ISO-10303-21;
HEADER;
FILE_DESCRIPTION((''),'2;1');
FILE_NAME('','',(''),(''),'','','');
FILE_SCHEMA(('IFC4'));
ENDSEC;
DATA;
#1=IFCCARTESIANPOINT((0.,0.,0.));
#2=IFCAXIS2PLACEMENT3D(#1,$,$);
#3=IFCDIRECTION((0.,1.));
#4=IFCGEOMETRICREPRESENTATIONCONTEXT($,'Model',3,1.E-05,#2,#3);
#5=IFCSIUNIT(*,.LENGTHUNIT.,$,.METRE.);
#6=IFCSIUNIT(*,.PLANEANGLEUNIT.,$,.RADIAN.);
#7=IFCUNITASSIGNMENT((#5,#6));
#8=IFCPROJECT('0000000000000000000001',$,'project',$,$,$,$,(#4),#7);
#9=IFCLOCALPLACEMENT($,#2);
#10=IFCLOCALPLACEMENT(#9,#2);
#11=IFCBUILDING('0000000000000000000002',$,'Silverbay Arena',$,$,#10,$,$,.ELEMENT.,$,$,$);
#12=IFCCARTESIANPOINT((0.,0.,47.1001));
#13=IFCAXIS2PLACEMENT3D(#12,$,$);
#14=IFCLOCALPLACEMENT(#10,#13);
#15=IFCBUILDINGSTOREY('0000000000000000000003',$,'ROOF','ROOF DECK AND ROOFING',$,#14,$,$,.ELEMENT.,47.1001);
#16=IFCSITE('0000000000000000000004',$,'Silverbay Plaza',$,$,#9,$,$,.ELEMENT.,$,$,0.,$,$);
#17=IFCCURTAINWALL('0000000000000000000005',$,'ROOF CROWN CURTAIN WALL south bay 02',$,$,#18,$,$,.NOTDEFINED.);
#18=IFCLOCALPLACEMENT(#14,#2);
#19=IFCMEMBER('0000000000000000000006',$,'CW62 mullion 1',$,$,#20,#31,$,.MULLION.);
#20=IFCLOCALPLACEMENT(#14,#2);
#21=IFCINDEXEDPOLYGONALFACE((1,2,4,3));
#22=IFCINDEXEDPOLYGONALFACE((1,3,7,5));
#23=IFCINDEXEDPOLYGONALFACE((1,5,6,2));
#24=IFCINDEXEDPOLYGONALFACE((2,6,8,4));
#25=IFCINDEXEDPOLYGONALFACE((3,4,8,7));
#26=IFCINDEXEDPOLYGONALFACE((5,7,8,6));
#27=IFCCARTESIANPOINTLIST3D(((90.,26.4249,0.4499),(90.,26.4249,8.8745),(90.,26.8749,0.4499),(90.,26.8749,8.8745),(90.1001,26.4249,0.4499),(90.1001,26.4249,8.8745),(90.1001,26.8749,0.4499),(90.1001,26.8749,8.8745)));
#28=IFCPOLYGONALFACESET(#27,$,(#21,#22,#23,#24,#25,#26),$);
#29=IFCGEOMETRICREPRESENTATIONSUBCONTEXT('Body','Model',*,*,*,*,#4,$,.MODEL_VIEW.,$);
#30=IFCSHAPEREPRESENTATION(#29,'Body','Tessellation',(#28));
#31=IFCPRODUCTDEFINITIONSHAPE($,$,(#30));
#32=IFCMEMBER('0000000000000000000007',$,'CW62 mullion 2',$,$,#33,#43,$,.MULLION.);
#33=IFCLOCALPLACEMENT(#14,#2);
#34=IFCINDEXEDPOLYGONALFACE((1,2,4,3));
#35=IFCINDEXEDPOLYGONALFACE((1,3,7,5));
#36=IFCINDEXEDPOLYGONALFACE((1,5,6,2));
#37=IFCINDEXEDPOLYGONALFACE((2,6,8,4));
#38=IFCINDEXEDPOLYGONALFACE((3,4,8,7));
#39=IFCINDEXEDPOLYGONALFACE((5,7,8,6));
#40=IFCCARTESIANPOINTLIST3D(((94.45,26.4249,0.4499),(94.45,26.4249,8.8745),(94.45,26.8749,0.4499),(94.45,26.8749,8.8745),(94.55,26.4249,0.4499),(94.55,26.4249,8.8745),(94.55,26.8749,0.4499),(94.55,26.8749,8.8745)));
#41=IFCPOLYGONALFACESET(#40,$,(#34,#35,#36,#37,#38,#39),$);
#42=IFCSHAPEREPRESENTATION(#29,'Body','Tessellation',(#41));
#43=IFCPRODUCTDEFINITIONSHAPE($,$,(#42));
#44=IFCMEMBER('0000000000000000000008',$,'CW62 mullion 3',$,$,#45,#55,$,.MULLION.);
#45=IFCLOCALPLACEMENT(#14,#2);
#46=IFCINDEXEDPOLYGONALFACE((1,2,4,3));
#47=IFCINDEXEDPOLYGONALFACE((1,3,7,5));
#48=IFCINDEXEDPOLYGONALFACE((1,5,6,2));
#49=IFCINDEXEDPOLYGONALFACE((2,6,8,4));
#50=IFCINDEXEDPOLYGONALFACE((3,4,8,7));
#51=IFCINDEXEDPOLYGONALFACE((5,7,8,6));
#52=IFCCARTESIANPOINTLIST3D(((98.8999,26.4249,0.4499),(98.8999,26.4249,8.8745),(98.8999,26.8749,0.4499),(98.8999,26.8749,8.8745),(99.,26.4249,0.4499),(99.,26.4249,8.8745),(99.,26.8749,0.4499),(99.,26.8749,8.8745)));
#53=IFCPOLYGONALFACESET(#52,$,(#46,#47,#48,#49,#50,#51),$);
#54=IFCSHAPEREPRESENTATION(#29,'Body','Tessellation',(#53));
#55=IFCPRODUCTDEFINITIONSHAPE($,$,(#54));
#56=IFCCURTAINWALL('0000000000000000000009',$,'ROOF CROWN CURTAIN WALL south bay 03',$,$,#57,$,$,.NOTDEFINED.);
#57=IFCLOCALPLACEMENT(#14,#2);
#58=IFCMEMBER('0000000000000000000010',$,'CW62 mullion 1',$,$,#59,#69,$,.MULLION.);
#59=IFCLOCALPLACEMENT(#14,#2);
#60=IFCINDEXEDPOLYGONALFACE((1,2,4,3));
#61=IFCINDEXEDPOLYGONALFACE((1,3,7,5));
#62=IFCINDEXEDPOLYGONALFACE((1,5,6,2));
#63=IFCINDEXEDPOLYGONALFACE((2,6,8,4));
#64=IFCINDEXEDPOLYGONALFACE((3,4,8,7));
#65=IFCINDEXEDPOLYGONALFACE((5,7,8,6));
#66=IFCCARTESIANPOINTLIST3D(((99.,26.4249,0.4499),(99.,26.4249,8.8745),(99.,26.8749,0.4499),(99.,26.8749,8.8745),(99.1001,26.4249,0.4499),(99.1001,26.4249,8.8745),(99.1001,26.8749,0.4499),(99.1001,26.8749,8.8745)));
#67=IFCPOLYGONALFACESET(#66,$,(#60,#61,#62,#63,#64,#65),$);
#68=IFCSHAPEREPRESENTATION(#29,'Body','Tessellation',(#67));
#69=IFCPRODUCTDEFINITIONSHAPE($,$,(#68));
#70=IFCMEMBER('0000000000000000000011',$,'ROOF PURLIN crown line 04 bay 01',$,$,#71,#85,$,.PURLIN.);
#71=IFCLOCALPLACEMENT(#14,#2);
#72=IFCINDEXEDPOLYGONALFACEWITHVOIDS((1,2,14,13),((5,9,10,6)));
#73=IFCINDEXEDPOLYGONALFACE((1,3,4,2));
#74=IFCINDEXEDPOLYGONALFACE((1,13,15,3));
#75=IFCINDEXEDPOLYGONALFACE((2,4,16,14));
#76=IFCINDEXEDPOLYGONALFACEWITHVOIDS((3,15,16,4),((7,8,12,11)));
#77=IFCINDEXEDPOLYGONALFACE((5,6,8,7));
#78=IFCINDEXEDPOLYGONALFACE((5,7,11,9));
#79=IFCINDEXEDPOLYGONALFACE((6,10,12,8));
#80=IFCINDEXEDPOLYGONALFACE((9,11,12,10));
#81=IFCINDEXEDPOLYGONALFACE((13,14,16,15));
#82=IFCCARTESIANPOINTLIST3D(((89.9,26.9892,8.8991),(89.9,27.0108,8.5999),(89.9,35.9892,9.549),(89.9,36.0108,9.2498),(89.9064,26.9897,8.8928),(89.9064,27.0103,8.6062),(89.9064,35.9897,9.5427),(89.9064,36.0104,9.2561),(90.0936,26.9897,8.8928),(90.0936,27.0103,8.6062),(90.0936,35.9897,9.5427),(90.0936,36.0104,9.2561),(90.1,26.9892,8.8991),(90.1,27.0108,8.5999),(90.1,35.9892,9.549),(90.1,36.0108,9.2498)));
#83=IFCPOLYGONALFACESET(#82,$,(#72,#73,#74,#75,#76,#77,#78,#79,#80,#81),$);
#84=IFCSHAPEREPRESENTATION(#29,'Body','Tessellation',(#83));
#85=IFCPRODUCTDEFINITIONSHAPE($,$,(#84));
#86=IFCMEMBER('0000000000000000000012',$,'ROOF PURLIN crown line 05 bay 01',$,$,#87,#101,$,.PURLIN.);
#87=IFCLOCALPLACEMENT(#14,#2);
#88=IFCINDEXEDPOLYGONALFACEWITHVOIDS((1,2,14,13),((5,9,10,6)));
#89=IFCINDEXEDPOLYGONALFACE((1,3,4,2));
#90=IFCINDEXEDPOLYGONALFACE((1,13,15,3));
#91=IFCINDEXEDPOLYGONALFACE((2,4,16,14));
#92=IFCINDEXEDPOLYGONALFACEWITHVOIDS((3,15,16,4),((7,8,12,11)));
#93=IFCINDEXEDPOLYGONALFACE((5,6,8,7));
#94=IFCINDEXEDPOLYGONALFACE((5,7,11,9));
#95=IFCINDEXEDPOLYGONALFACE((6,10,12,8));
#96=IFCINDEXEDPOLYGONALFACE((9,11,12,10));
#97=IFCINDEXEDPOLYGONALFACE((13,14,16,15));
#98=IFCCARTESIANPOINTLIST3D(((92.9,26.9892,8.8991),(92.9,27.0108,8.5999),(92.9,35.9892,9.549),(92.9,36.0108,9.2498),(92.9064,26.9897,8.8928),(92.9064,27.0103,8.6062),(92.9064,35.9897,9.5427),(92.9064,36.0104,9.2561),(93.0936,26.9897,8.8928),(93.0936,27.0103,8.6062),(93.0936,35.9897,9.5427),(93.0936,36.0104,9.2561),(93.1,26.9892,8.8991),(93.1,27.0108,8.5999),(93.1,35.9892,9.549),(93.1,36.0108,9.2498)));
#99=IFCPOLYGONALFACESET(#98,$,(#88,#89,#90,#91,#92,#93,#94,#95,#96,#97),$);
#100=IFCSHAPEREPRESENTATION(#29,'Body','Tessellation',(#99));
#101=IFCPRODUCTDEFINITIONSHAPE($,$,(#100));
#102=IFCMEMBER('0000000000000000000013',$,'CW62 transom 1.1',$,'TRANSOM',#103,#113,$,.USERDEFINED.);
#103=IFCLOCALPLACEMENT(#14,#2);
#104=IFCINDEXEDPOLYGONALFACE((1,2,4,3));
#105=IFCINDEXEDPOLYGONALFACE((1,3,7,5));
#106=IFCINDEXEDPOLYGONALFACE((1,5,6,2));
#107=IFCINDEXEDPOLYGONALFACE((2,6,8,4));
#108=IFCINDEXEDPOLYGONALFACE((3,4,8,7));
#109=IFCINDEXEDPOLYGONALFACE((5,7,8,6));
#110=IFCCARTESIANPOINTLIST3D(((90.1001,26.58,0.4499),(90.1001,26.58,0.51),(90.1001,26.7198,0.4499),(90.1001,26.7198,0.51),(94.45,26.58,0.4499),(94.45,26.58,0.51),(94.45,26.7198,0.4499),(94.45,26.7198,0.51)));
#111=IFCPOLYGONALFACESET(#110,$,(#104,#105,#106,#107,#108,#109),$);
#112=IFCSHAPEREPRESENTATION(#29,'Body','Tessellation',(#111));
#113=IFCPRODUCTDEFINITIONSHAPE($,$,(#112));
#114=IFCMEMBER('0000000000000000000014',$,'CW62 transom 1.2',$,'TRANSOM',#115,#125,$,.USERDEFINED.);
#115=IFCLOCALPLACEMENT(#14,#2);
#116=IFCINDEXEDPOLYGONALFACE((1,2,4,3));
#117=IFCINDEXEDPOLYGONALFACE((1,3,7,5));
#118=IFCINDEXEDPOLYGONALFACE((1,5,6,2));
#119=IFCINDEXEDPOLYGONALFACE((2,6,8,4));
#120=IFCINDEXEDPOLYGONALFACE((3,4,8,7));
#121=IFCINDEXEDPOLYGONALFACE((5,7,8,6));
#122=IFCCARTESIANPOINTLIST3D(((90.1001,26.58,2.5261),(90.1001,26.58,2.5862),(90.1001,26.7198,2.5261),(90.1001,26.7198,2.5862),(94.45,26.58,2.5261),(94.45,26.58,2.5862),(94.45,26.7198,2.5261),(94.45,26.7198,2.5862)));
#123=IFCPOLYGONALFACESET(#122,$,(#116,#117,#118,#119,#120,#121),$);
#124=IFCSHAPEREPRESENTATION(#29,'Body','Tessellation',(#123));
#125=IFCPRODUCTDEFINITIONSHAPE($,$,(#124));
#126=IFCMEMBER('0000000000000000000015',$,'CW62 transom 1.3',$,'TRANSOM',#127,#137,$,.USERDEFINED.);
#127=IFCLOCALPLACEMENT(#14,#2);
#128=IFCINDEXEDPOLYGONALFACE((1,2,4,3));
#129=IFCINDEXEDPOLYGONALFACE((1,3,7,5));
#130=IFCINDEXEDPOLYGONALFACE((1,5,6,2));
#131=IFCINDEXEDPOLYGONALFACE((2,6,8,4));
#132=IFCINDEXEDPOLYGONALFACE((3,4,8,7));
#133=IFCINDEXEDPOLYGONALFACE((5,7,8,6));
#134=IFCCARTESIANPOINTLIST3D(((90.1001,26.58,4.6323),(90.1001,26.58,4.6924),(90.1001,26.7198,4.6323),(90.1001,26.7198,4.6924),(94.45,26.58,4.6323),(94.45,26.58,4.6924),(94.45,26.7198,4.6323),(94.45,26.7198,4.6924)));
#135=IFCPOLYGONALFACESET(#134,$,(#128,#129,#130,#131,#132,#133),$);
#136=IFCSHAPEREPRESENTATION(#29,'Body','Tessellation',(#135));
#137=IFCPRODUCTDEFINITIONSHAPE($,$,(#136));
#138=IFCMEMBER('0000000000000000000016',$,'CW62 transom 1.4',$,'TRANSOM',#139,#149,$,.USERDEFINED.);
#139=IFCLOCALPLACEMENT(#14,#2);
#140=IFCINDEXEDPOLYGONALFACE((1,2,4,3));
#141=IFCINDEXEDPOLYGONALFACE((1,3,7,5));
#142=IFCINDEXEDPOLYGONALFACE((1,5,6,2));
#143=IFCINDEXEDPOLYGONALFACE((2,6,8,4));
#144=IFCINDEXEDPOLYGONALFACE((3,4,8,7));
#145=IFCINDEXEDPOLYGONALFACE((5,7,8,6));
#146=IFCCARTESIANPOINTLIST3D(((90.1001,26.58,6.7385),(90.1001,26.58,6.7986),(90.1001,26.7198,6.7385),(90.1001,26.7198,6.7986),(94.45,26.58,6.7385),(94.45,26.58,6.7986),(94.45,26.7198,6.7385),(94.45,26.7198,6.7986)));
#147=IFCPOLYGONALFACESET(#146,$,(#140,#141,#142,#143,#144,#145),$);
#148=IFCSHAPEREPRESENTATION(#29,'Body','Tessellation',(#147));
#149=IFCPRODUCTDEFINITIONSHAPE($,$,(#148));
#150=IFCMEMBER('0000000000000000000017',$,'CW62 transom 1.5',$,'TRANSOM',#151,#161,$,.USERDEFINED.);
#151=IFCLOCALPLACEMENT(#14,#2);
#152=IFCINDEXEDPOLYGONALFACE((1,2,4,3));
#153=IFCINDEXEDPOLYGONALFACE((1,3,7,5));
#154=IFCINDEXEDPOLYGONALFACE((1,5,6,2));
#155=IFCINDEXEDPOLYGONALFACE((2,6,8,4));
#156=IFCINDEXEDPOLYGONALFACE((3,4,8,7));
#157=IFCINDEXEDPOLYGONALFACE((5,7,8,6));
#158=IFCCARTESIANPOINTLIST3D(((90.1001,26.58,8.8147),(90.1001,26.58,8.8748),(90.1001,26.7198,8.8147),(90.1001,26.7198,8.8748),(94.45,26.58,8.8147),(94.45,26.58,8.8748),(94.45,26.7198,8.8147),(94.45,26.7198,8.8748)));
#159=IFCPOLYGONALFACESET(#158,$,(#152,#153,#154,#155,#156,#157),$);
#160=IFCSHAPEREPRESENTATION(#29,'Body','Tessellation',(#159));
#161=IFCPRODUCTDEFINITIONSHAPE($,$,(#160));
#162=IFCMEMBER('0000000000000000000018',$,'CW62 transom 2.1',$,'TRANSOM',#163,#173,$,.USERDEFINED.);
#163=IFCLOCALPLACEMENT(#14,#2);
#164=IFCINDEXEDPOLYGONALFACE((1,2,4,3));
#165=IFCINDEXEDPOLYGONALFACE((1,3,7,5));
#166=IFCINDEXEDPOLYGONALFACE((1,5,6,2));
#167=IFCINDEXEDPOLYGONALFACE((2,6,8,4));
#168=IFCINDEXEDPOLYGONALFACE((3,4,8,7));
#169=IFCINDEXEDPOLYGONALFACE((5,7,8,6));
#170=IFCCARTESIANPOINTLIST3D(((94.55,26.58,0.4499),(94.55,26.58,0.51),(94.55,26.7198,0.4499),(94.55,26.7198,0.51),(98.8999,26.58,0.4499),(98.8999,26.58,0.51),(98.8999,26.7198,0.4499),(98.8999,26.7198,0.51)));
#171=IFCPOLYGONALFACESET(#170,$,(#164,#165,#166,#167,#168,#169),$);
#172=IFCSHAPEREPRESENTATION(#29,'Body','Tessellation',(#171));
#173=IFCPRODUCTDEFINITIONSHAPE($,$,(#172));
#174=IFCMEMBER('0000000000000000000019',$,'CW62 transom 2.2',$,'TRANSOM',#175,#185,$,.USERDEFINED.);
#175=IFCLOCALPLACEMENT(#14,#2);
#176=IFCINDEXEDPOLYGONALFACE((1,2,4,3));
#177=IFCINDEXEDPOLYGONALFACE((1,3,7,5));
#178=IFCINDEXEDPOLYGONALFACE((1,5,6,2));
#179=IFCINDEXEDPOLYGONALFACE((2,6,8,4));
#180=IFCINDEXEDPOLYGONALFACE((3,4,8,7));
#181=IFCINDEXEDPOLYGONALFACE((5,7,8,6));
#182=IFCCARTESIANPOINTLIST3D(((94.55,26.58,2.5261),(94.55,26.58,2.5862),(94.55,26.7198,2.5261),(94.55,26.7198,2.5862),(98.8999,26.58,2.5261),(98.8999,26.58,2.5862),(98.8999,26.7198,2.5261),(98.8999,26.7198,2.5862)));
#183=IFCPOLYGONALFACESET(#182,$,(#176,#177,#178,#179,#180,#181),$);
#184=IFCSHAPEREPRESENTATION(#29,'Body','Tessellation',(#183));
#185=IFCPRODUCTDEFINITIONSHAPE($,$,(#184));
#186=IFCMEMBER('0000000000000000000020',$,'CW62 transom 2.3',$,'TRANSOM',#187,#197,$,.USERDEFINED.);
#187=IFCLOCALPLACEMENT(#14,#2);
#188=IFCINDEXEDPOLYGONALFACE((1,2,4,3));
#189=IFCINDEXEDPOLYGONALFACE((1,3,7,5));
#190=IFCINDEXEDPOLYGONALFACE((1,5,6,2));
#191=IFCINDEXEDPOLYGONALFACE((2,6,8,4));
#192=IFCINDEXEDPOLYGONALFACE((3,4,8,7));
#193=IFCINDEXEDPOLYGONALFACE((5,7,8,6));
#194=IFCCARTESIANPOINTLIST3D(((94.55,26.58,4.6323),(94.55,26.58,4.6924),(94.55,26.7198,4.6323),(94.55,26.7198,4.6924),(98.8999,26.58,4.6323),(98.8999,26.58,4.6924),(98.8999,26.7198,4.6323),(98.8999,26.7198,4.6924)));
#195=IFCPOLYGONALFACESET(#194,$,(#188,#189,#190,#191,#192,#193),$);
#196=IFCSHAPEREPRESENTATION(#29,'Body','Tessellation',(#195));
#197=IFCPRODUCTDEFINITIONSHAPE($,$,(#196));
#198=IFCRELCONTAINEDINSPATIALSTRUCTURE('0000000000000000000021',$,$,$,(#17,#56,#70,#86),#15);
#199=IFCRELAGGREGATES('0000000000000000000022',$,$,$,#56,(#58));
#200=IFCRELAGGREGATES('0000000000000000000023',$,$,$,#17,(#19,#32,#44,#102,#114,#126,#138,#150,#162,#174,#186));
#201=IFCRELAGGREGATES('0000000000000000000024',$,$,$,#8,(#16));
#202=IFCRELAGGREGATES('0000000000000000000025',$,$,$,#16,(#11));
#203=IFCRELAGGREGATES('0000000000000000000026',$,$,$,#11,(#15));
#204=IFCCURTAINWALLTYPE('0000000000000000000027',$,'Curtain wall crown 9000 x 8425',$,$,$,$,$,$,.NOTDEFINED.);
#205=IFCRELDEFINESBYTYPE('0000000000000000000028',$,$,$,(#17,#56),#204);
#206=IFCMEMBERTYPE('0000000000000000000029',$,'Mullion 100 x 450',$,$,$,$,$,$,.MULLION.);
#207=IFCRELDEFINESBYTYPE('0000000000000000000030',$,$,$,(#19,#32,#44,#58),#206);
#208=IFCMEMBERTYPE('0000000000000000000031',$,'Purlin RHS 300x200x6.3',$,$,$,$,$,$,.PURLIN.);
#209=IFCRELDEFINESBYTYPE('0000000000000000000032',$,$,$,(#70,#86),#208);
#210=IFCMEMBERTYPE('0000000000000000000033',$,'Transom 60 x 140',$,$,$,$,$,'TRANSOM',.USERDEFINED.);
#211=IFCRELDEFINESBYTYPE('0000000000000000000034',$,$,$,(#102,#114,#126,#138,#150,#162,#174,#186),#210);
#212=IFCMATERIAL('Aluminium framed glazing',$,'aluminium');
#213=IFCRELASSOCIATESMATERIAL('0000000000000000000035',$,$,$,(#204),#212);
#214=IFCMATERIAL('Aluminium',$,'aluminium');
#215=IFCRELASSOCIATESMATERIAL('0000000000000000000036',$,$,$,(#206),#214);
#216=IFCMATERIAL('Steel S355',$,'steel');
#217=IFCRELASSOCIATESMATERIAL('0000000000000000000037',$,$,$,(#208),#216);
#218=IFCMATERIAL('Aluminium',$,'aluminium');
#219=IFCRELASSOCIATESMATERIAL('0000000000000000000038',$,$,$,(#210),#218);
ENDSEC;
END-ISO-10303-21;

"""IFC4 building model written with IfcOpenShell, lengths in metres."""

from ifc_helpers import new_model, si_unit, direction, frame, origin, origin_2d, place, context, subcontext, project, spatial, rectangle, hollow_rectangle, extrude, material, material_profile, profile_set, type_object, element, aggregate, save


model = new_model("IFC4")

# Units and contexts
model_context = context("Model", 3, precision=1e-05, world=origin(), true_north=direction((0.0, 1.0)))
body_context = subcontext(model_context, "Body", "Model", "MODEL_VIEW")
ifc_project = project(units=[si_unit("LENGTHUNIT", "METRE"), si_unit("PLANEANGLEUNIT", "RADIAN")], contexts=[model_context])

# Site, building, storey
site_placement = place(None, origin())
site = spatial("IfcSite", under=ifc_project, at=site_placement, Name="Silverbay Plaza", CompositionType="ELEMENT", RefElevation=0.0)
building_placement = place(site_placement, origin())
building = spatial("IfcBuilding", under=site, at=building_placement, Name="Silverbay Arena", CompositionType="ELEMENT")
storey_placement = place(building_placement, frame((0.0, 0.0, 47.1001)))
storey = spatial("IfcBuildingStorey", under=building, at=storey_placement, Name="ROOF", Description="ROOF DECK AND ROOFING", CompositionType="ELEMENT", Elevation=47.1001)

# Curtain wall, members
ifc_material_1 = material(Name="Aluminium framed glazing", Category="aluminium")
curtain_wall_type = type_object("IfcCurtainWallType", Name="Curtain wall crown 9000 x 8425", PredefinedType="NOTDEFINED", material=ifc_material_1)
curtain_wall_1_placement = place(storey_placement, origin())
curtain_wall_1 = element("IfcCurtainWall", 1, at=curtain_wall_1_placement, inside=storey, type_object=curtain_wall_type, Name="ROOF CROWN CURTAIN WALL south bay 02", PredefinedType="NOTDEFINED")
ifc_material_2 = material(Name="Aluminium", Category="aluminium")
ifc_material_profile_1 = material_profile(ifc_material_2, rectangle(XDim=0.45, YDim=0.1001, at=origin_2d()), Name="Mullion 100 x 450")
ifc_profile_set_1 = profile_set([ifc_material_profile_1], Name="Aluminium")
member_type_1 = type_object("IfcMemberType", Name="Mullion 100 x 450", PredefinedType="MULLION", material=ifc_profile_set_1)
placement = place(building_placement, frame((0.0, 0.0, 33.5)))
member_1_placement = place(placement, frame((90.05, 26.6499, 14.05), z_axis=(0.0, 0.0, 1.0), x_axis=(0.0, 1.0, 0.0)))
member_1 = element("IfcMember", 2, at=member_1_placement, type_object=member_type_1, Name="CW62 mullion 1", PredefinedType="MULLION", context=body_context, shape_type="SweptSolid", body=[
    extrude(rectangle(XDim=0.45, YDim=0.1001, at=origin_2d()), origin(), (0.0, 0.0, 1.0), 8.4246),
])
member_2_placement = place(placement, frame((94.5, 26.6499, 14.05), z_axis=(0.0, 0.0, 1.0), x_axis=(0.0, 1.0, 0.0)))
member_2 = element("IfcMember", 3, at=member_2_placement, type_object=member_type_1, Name="CW62 mullion 2", PredefinedType="MULLION", context=body_context, shape_type="SweptSolid", body=[
    extrude(rectangle(XDim=0.45, YDim=0.1001, at=origin_2d()), origin(), (0.0, 0.0, 1.0), 8.4246),
])
member_3_placement = place(placement, frame((98.95, 26.6499, 14.05), z_axis=(0.0, 0.0, 1.0), x_axis=(0.0, 1.0, 0.0)))
member_3 = element("IfcMember", 4, at=member_3_placement, type_object=member_type_1, Name="CW62 mullion 3", PredefinedType="MULLION", context=body_context, shape_type="SweptSolid", body=[
    extrude(rectangle(XDim=0.45, YDim=0.1001, at=origin_2d()), origin(), (0.0, 0.0, 1.0), 8.4246),
])

# Curtain wall, member
curtain_wall_2_placement = place(storey_placement, origin())
curtain_wall_2 = element("IfcCurtainWall", 5, at=curtain_wall_2_placement, inside=storey, type_object=curtain_wall_type, Name="ROOF CROWN CURTAIN WALL south bay 03", PredefinedType="NOTDEFINED")
member_4_placement = place(placement, frame((99.05, 26.6499, 14.05), z_axis=(0.0, 0.0, 1.0), x_axis=(0.0, 1.0, 0.0)))
member_4 = element("IfcMember", 6, at=member_4_placement, type_object=member_type_1, Name="CW62 mullion 1", PredefinedType="MULLION", context=body_context, shape_type="SweptSolid", body=[
    extrude(rectangle(XDim=0.45, YDim=0.1001, at=origin_2d()), origin(), (0.0, 0.0, 1.0), 8.4246),
])

# Members
ifc_material_3 = material(Name="Steel S355", Category="steel")
ifc_material_profile_2 = material_profile(ifc_material_3, hollow_rectangle(XDim=0.2, YDim=0.3, WallThickness=0.0063, at=origin_2d()), Name="RHS 300x200x6.3")
ifc_profile_set_2 = profile_set([ifc_material_profile_2], Name="Steel S355")
member_type_2 = type_object("IfcMemberType", Name="Purlin RHS 300x200x6.3", PredefinedType="PURLIN", material=ifc_profile_set_2)
for number, where, z_axis, x_axis, name in (
    (7, (90.0, 27.0, 8.7495), (0.0, 0.997403, 0.072024), (-1.0, 0.0, 0.0), "ROOF PURLIN crown line 04 bay 01"),
    (8, (93.0, 27.0, 8.7495), (0.0, 0.997403, 0.072024), (-1.0, 0.0, 0.0), "ROOF PURLIN crown line 05 bay 01"),
):
    element("IfcMember", number, at=place(storey_placement, frame(where, z_axis=z_axis, x_axis=x_axis)), inside=storey, type_object=member_type_2, Name=name, PredefinedType="PURLIN", context=body_context, shape_type="SweptSolid", body=[
        extrude(hollow_rectangle(XDim=0.2, YDim=0.3, WallThickness=0.0063, at=origin_2d()), origin(), (0.0, 0.0, 1.0), 9.0234),
    ])

# Members
ifc_material_4 = material(Name="Aluminium", Category="aluminium")
ifc_material_profile_3 = material_profile(ifc_material_4, rectangle(XDim=0.1399, YDim=0.0601, at=origin_2d()), Name="Transom 60 x 140")
ifc_profile_set_3 = profile_set([ifc_material_profile_3], Name="Aluminium")
member_type_3 = type_object("IfcMemberType", Name="Transom 60 x 140", ElementType="TRANSOM", PredefinedType="USERDEFINED", material=ifc_profile_set_3)
member_5_placement = place(placement, frame((90.1001, 26.6499, 14.0801), z_axis=(1.0, 0.0, 0.0), x_axis=(0.0, 1.0, 0.0)))
member_5 = element("IfcMember", 9, at=member_5_placement, type_object=member_type_3, Name="CW62 transom 1.1", ObjectType="TRANSOM", PredefinedType="USERDEFINED", context=body_context, shape_type="SweptSolid", body=[
    extrude(rectangle(XDim=0.1399, YDim=0.0601, at=origin_2d()), origin(), (0.0, 0.0, 1.0), 4.3499),
])
member_6_placement = place(placement, frame((90.1001, 26.6499, 16.1562), z_axis=(1.0, 0.0, 0.0), x_axis=(0.0, 1.0, 0.0)))
member_6 = element("IfcMember", 10, at=member_6_placement, type_object=member_type_3, Name="CW62 transom 1.2", ObjectType="TRANSOM", PredefinedType="USERDEFINED", context=body_context, shape_type="SweptSolid", body=[
    extrude(rectangle(XDim=0.1399, YDim=0.0601, at=origin_2d()), origin(), (0.0, 0.0, 1.0), 4.3499),
])
member_7_placement = place(placement, frame((90.1001, 26.6499, 18.2625), z_axis=(1.0, 0.0, 0.0), x_axis=(0.0, 1.0, 0.0)))
member_7 = element("IfcMember", 11, at=member_7_placement, type_object=member_type_3, Name="CW62 transom 1.3", ObjectType="TRANSOM", PredefinedType="USERDEFINED", context=body_context, shape_type="SweptSolid", body=[
    extrude(rectangle(XDim=0.1399, YDim=0.0601, at=origin_2d()), origin(), (0.0, 0.0, 1.0), 4.3499),
])
member_8_placement = place(placement, frame((90.1001, 26.6499, 20.3687), z_axis=(1.0, 0.0, 0.0), x_axis=(0.0, 1.0, 0.0)))
member_8 = element("IfcMember", 12, at=member_8_placement, type_object=member_type_3, Name="CW62 transom 1.4", ObjectType="TRANSOM", PredefinedType="USERDEFINED", context=body_context, shape_type="SweptSolid", body=[
    extrude(rectangle(XDim=0.1399, YDim=0.0601, at=origin_2d()), origin(), (0.0, 0.0, 1.0), 4.3499),
])
member_9_placement = place(placement, frame((90.1001, 26.6499, 22.4448), z_axis=(1.0, 0.0, 0.0), x_axis=(0.0, 1.0, 0.0)))
member_9 = element("IfcMember", 13, at=member_9_placement, type_object=member_type_3, Name="CW62 transom 1.5", ObjectType="TRANSOM", PredefinedType="USERDEFINED", context=body_context, shape_type="SweptSolid", body=[
    extrude(rectangle(XDim=0.1399, YDim=0.0601, at=origin_2d()), origin(), (0.0, 0.0, 1.0), 4.3499),
])
member_10_placement = place(placement, frame((94.55, 26.6499, 14.0801), z_axis=(1.0, 0.0, 0.0), x_axis=(0.0, 1.0, 0.0)))
member_10 = element("IfcMember", 14, at=member_10_placement, type_object=member_type_3, Name="CW62 transom 2.1", ObjectType="TRANSOM", PredefinedType="USERDEFINED", context=body_context, shape_type="SweptSolid", body=[
    extrude(rectangle(XDim=0.1399, YDim=0.0601, at=origin_2d()), origin(), (0.0, 0.0, 1.0), 4.3499),
])
member_11_placement = place(placement, frame((94.55, 26.6499, 16.1562), z_axis=(1.0, 0.0, 0.0), x_axis=(0.0, 1.0, 0.0)))
member_11 = element("IfcMember", 15, at=member_11_placement, type_object=member_type_3, Name="CW62 transom 2.2", ObjectType="TRANSOM", PredefinedType="USERDEFINED", context=body_context, shape_type="SweptSolid", body=[
    extrude(rectangle(XDim=0.1399, YDim=0.0601, at=origin_2d()), origin(), (0.0, 0.0, 1.0), 4.3499),
])
member_12_placement = place(placement, frame((94.55, 26.6499, 18.2625), z_axis=(1.0, 0.0, 0.0), x_axis=(0.0, 1.0, 0.0)))
member_12 = element("IfcMember", 16, at=member_12_placement, type_object=member_type_3, Name="CW62 transom 2.3", ObjectType="TRANSOM", PredefinedType="USERDEFINED", context=body_context, shape_type="SweptSolid", body=[
    extrude(rectangle(XDim=0.1399, YDim=0.0601, at=origin_2d()), origin(), (0.0, 0.0, 1.0), 4.3499),
])
aggregate(curtain_wall_2, [member_4])

aggregate(curtain_wall_1, [member_1, member_2, member_3, member_5, member_6, member_7, member_8, member_9, member_10, member_11, member_12])

save(model, "model.ifc")
